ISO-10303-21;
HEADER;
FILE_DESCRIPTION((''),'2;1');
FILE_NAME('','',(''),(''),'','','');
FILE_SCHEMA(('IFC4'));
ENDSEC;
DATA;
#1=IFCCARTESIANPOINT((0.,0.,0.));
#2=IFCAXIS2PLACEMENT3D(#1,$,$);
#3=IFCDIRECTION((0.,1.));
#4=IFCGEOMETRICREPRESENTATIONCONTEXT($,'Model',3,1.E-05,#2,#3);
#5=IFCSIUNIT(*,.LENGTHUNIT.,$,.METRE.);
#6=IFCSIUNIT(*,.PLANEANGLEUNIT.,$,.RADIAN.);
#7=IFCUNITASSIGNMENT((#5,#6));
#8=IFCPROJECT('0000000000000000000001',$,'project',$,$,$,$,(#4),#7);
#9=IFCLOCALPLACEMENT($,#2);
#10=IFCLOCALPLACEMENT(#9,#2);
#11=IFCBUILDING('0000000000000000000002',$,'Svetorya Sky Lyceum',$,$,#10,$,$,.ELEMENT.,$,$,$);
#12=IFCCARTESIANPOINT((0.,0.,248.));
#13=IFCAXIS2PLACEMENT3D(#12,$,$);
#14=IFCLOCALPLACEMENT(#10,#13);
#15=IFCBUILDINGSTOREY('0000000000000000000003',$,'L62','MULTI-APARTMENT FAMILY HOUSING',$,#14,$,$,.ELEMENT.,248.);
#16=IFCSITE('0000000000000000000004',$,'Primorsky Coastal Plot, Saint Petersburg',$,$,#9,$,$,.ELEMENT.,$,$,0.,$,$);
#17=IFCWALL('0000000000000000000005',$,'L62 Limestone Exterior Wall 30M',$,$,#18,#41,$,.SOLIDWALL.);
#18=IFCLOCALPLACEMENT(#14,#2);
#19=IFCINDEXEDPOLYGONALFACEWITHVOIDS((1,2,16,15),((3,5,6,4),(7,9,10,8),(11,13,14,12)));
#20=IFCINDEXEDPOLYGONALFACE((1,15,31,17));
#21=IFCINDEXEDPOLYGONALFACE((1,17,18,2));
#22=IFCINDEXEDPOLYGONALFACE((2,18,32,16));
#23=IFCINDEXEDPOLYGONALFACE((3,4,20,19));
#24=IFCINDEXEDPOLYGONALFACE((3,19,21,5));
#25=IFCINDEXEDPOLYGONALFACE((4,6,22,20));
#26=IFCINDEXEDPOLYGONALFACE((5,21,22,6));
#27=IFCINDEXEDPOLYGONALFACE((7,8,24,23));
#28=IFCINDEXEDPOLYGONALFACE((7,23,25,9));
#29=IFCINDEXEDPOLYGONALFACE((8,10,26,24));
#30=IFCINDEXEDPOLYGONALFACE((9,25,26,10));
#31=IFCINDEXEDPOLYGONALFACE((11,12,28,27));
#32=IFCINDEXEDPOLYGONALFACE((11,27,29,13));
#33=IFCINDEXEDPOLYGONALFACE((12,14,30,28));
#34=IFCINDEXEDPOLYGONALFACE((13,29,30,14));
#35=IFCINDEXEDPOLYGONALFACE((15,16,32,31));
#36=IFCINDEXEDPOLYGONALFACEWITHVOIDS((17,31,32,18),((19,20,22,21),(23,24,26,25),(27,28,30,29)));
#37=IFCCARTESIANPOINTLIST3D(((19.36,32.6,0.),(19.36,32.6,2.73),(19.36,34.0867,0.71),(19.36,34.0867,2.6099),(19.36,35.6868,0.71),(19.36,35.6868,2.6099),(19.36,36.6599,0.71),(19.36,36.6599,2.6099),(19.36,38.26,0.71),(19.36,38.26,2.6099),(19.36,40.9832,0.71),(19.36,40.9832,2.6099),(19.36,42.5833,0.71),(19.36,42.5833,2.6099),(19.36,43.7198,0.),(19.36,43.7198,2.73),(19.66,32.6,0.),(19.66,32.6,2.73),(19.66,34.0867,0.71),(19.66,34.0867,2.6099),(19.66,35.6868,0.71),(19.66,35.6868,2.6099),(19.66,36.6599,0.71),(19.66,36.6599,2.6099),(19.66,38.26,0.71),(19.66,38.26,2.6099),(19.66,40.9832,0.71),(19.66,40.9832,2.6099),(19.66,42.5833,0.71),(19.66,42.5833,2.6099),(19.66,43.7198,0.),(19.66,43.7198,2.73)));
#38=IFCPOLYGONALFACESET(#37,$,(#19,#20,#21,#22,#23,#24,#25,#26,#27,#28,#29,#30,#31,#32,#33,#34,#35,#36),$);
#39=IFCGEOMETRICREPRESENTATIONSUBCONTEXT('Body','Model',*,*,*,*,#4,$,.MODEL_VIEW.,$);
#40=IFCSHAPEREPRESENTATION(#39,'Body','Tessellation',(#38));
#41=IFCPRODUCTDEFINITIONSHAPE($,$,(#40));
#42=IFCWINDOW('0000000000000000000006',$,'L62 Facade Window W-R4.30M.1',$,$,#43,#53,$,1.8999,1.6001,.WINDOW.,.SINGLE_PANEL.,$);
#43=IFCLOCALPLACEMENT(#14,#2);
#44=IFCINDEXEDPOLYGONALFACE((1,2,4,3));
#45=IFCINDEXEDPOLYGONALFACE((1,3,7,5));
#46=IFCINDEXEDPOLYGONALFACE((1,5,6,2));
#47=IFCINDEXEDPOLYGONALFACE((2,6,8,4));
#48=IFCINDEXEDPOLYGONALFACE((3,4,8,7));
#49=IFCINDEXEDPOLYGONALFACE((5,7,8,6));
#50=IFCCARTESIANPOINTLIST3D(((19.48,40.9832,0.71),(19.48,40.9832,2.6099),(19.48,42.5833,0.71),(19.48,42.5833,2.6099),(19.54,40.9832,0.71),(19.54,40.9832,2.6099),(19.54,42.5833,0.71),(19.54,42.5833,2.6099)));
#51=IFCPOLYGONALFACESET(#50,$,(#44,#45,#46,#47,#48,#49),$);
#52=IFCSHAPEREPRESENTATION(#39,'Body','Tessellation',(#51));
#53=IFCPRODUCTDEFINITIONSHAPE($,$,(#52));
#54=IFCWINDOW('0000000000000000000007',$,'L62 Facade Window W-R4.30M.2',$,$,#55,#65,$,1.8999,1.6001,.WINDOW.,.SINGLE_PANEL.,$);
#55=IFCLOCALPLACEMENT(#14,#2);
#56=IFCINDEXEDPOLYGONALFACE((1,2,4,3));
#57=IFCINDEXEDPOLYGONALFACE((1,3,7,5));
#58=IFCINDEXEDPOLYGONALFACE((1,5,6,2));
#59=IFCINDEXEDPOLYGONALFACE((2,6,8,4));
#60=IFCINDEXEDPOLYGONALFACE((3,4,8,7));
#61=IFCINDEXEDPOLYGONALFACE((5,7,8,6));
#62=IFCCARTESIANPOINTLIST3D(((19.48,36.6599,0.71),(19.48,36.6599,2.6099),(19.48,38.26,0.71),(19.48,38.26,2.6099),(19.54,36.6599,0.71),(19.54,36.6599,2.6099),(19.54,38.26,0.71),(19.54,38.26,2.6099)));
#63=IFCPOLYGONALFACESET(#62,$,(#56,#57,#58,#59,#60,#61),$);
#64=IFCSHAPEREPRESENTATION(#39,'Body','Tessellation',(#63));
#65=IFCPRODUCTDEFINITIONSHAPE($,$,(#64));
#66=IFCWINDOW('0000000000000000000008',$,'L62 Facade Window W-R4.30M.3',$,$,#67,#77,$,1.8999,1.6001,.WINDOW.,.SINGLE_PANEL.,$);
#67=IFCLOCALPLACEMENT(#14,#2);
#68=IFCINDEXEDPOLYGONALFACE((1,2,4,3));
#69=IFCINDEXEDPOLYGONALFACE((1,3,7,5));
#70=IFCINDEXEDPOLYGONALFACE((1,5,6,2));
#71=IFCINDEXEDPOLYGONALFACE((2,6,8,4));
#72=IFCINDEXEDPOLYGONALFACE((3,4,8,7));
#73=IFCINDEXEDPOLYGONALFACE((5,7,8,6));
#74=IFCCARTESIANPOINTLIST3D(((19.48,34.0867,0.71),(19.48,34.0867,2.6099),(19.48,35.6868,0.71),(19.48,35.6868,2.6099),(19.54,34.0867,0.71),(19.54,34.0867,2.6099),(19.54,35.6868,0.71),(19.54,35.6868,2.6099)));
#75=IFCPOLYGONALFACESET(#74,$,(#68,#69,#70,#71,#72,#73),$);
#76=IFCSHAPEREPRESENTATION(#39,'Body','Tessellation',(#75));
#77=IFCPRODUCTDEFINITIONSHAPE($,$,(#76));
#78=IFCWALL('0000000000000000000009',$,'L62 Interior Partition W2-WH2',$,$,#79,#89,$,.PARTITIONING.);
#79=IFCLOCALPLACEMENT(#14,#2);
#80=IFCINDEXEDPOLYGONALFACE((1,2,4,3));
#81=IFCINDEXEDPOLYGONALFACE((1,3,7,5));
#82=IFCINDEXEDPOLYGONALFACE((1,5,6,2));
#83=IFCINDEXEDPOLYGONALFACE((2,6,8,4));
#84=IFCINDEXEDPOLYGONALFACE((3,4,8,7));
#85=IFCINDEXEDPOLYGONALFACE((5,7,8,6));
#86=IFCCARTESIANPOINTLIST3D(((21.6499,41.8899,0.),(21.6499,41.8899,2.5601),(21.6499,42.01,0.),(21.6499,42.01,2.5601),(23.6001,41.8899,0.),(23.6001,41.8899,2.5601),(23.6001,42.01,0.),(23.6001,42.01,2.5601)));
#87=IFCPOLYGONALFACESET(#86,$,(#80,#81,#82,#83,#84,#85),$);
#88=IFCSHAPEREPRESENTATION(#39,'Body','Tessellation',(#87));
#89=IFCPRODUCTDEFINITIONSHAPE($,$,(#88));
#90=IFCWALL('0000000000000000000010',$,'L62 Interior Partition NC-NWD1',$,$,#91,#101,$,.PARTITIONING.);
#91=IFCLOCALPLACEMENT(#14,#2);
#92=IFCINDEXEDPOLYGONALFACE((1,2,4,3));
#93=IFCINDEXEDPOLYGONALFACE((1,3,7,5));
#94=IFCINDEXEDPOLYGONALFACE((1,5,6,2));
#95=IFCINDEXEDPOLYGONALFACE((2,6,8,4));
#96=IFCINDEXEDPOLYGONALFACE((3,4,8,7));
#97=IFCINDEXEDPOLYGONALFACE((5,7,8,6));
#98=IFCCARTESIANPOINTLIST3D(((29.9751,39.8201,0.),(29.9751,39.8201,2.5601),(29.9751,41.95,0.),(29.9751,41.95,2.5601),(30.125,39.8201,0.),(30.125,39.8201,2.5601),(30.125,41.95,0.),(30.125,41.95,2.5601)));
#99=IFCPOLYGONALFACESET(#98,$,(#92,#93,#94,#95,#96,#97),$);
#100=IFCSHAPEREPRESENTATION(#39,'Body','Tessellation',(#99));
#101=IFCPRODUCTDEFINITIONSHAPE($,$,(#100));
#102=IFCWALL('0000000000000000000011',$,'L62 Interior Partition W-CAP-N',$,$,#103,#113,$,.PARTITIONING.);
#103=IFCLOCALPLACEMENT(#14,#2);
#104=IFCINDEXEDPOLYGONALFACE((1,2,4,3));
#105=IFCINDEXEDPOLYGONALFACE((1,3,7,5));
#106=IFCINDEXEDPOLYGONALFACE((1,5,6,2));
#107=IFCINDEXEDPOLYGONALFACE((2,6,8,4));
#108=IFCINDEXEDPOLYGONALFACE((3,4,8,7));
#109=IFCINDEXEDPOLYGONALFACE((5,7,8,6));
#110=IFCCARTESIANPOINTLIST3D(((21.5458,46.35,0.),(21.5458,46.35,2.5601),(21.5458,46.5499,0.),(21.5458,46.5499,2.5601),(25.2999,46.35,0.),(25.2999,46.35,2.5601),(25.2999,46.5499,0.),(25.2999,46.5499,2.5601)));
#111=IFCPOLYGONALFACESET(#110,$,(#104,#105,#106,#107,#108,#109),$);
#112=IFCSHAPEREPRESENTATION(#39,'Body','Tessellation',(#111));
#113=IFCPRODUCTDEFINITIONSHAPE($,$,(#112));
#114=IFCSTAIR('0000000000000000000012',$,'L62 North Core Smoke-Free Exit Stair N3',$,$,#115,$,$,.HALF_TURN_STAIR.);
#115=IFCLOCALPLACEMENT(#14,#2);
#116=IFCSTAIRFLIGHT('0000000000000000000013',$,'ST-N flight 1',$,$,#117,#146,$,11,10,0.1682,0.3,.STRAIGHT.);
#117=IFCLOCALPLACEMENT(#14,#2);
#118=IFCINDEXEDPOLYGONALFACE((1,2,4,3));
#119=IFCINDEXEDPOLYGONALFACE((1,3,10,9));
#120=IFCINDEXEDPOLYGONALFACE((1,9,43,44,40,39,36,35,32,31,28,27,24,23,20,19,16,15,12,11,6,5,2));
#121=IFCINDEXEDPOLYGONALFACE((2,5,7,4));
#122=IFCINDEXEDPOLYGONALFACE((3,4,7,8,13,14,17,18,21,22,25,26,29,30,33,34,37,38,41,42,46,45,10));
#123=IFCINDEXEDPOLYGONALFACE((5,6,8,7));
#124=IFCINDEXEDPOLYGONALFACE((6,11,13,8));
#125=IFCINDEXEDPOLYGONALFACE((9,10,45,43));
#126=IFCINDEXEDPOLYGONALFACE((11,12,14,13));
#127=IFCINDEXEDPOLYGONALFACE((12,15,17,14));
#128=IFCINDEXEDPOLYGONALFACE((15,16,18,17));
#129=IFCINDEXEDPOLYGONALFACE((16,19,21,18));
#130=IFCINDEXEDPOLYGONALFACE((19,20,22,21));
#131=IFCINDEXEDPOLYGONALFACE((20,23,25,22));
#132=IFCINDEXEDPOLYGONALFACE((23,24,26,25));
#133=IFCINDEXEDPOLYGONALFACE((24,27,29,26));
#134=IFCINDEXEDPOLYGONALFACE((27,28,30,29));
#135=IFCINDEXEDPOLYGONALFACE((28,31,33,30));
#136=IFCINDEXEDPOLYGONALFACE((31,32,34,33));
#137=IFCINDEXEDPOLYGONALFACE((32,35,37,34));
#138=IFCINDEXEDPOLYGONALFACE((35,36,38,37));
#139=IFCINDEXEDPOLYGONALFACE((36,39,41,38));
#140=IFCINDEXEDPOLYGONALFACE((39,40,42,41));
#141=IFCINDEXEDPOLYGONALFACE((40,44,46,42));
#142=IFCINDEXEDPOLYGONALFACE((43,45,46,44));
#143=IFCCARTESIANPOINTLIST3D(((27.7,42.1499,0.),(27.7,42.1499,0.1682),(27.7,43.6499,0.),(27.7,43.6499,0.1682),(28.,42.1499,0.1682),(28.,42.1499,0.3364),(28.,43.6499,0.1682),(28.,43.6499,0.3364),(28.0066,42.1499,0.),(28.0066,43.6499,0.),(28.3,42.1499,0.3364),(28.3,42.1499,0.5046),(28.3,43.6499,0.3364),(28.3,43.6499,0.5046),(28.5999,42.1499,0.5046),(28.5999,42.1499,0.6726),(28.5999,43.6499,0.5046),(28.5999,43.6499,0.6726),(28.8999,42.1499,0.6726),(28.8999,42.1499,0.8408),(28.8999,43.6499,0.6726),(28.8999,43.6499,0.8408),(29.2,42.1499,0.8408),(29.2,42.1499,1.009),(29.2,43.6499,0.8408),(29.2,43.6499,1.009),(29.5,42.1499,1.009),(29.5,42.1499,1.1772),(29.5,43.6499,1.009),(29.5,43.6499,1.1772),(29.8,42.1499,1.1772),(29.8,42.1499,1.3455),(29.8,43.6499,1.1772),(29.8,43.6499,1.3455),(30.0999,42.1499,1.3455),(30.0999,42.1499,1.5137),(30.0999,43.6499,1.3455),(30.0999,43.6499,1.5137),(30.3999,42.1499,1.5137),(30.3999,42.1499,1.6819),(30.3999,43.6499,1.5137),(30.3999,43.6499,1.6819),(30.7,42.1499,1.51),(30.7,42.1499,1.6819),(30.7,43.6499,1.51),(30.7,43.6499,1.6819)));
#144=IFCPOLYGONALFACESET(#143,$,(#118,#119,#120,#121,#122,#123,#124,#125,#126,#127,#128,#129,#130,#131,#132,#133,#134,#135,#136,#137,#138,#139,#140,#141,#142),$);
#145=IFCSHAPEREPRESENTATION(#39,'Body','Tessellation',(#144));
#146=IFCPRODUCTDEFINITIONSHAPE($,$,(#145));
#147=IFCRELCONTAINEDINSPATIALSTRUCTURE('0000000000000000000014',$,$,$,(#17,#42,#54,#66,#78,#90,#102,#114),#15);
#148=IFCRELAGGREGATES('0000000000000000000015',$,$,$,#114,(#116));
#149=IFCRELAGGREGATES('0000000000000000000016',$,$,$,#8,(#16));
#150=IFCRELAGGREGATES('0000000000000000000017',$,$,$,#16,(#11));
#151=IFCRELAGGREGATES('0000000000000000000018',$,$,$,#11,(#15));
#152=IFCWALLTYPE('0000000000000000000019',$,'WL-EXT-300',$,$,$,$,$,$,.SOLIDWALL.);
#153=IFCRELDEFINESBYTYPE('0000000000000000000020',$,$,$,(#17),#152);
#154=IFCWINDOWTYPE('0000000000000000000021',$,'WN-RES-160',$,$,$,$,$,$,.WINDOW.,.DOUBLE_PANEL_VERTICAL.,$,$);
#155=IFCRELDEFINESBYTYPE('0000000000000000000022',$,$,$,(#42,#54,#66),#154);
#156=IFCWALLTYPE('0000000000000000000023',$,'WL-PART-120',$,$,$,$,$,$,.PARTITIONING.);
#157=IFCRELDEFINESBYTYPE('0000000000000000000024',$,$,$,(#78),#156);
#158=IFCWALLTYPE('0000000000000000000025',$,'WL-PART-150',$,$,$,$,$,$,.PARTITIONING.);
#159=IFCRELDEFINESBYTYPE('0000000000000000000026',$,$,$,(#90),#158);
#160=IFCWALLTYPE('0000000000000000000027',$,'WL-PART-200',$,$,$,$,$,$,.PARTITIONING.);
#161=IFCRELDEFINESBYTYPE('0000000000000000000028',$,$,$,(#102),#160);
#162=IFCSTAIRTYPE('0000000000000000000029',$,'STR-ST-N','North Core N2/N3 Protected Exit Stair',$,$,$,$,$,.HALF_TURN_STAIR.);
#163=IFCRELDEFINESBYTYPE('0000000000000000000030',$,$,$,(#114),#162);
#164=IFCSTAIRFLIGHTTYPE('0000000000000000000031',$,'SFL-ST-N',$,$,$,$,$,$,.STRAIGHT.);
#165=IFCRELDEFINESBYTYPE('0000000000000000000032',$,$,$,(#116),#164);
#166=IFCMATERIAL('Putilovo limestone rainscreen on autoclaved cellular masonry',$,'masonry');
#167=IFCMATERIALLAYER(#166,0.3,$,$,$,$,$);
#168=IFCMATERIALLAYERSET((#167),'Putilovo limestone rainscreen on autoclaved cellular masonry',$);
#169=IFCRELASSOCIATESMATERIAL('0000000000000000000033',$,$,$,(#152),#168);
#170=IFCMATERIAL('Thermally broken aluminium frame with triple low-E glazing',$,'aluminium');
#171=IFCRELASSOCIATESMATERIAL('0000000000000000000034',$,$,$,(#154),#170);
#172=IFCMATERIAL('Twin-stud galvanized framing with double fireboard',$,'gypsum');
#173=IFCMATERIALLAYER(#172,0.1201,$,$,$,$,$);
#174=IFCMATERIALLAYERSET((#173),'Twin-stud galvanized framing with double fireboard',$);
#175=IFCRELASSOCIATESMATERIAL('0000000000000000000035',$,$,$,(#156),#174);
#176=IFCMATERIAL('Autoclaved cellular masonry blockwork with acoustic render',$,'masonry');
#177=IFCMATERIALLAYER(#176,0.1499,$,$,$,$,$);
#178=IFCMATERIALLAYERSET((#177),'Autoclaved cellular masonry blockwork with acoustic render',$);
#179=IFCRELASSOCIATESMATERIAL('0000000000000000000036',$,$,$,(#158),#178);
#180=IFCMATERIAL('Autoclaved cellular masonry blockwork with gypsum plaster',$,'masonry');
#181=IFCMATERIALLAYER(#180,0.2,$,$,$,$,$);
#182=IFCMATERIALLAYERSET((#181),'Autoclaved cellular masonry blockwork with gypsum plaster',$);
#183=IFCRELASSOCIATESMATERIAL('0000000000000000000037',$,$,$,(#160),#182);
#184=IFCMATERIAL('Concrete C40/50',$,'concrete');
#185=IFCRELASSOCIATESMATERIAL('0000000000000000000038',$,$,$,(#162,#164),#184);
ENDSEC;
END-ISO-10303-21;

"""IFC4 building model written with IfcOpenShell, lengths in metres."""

from ifc_helpers import new_model, si_unit, direction, frame, frame_2d, origin, place, context, subcontext, project, spatial, polyline, rectangle, outline, extrude, material, layer, layer_set, type_object, element, fill, aggregate, save


model = new_model("IFC4")

# Units and contexts
model_context = context("Model", 3, precision=1e-05, world=origin(), true_north=direction((0.0, 1.0)))
body_context = subcontext(model_context, "Body", "Model", "MODEL_VIEW")
ifc_project = project(units=[si_unit("LENGTHUNIT", "METRE"), si_unit("PLANEANGLEUNIT", "RADIAN")], contexts=[model_context])

# Site, building, storey
site_placement = place(None, origin())
site = spatial("IfcSite", under=ifc_project, at=site_placement, Name="Primorsky Coastal Plot, Saint Petersburg", CompositionType="ELEMENT", RefElevation=0.0)
building_placement = place(site_placement, origin())
building = spatial("IfcBuilding", under=site, at=building_placement, Name="Svetorya Sky Lyceum", CompositionType="ELEMENT")
storey_placement = place(building_placement, frame((0.0, 0.0, 248.0)))
storey = spatial("IfcBuildingStorey", under=building, at=storey_placement, Name="L62", Description="MULTI-APARTMENT FAMILY HOUSING", CompositionType="ELEMENT", Elevation=248.0)

# Shared definitions
ifc_material_1 = material(Name="Putilovo limestone rainscreen on autoclaved cellular masonry", Category="masonry")
ifc_layer_1 = layer(ifc_material_1, 0.3)
ifc_layer_set_1 = layer_set([ifc_layer_1], Name="Putilovo limestone rainscreen on autoclaved cellular masonry")
wall_type_1 = type_object("IfcWallType", Name="WL-EXT-300", PredefinedType="SOLIDWALL", material=ifc_layer_set_1)

# Wall, openings, windows
wall_1_placement = place(storey_placement, frame((19.51, 43.72, 0.0), z_axis=(0.0, 0.0, 1.0), x_axis=(0.0, -1.0, 0.0)))
wall_1 = element("IfcWall", 1, at=wall_1_placement, inside=storey, type_object=wall_type_1, Name="L62 Limestone Exterior Wall 30M", PredefinedType="SOLIDWALL", context=body_context, shape_type="SweptSolid", body=[
    extrude(rectangle(XDim=11.1199, YDim=0.3, at=frame_2d((5.5601, 0.0))), origin(), (0.0, 0.0, 1.0), 2.73),
])
opening_1_placement = place(wall_1_placement, frame((1.1367, 0.0, 0.71)))
opening_1 = element("IfcOpeningElement", 2, at=opening_1_placement, cuts=wall_1, PredefinedType="OPENING", context=body_context, shape_type="SweptSolid", body=[
    extrude(rectangle(XDim=1.6001, YDim=1.8999, at=frame_2d((0.8, 0.95))), frame((0.0, 0.1599, 0.0), z_axis=(0.0, -1.0, 0.0), x_axis=(1.0, 0.0, 0.0)), (0.0, 0.0, 1.0), 0.3201),
])
opening_2_placement = place(wall_1_placement, frame((5.46, 0.0, 0.71)))
opening_2 = element("IfcOpeningElement", 3, at=opening_2_placement, cuts=wall_1, PredefinedType="OPENING", context=body_context, shape_type="SweptSolid", body=[
    extrude(rectangle(XDim=1.6001, YDim=1.8999, at=frame_2d((0.8, 0.95))), frame((0.0, 0.1599, 0.0), z_axis=(0.0, -1.0, 0.0), x_axis=(1.0, 0.0, 0.0)), (0.0, 0.0, 1.0), 0.3201),
])
opening_3_placement = place(wall_1_placement, frame((8.0332, 0.0, 0.71)))
opening_3 = element("IfcOpeningElement", 4, at=opening_3_placement, cuts=wall_1, PredefinedType="OPENING", context=body_context, shape_type="SweptSolid", body=[
    extrude(rectangle(XDim=1.6001, YDim=1.8999, at=frame_2d((0.8, 0.95))), frame((0.0, 0.1599, 0.0), z_axis=(0.0, -1.0, 0.0), x_axis=(1.0, 0.0, 0.0)), (0.0, 0.0, 1.0), 0.3201),
])
ifc_material_2 = material(Name="Thermally broken aluminium frame with triple low-E glazing", Category="aluminium")
window_type = type_object("IfcWindowType", Name="WN-RES-160", PartitioningType="DOUBLE_PANEL_VERTICAL", PredefinedType="WINDOW", material=ifc_material_2)
window_1_placement = place(opening_1_placement, origin())
window_1 = element("IfcWindow", 5, at=window_1_placement, inside=storey, type_object=window_type, Name="L62 Facade Window W-R4.30M.1", OverallHeight=1.8999, OverallWidth=1.6001, PartitioningType="SINGLE_PANEL", PredefinedType="WINDOW", context=body_context, shape_type="SweptSolid", body=[
    extrude(rectangle(XDim=1.6001, YDim=1.8999, at=frame_2d((0.8, 0.95))), frame((0.0, 0.03, 0.0), z_axis=(0.0, -1.0, 0.0), x_axis=(1.0, 0.0, 0.0)), (0.0, 0.0, 1.0), 0.0601),
])
fill(opening_1, window_1)
window_2_placement = place(opening_2_placement, origin())
window_2 = element("IfcWindow", 6, at=window_2_placement, inside=storey, type_object=window_type, Name="L62 Facade Window W-R4.30M.2", OverallHeight=1.8999, OverallWidth=1.6001, PartitioningType="SINGLE_PANEL", PredefinedType="WINDOW", context=body_context, shape_type="SweptSolid", body=[
    extrude(rectangle(XDim=1.6001, YDim=1.8999, at=frame_2d((0.8, 0.95))), frame((0.0, 0.03, 0.0), z_axis=(0.0, -1.0, 0.0), x_axis=(1.0, 0.0, 0.0)), (0.0, 0.0, 1.0), 0.0601),
])
fill(opening_2, window_2)
window_3_placement = place(opening_3_placement, origin())
window_3 = element("IfcWindow", 7, at=window_3_placement, inside=storey, type_object=window_type, Name="L62 Facade Window W-R4.30M.3", OverallHeight=1.8999, OverallWidth=1.6001, PartitioningType="SINGLE_PANEL", PredefinedType="WINDOW", context=body_context, shape_type="SweptSolid", body=[
    extrude(rectangle(XDim=1.6001, YDim=1.8999, at=frame_2d((0.8, 0.95))), frame((0.0, 0.03, 0.0), z_axis=(0.0, -1.0, 0.0), x_axis=(1.0, 0.0, 0.0)), (0.0, 0.0, 1.0), 0.0601),
])
fill(opening_3, window_3)

# Walls
ifc_material_3 = material(Name="Twin-stud galvanized framing with double fireboard", Category="gypsum")
ifc_layer_2 = layer(ifc_material_3, 0.1201)
ifc_layer_set_2 = layer_set([ifc_layer_2], Name="Twin-stud galvanized framing with double fireboard")
wall_type_2 = type_object("IfcWallType", Name="WL-PART-120", PredefinedType="PARTITIONING", material=ifc_layer_set_2)
wall_2_placement = place(storey_placement, frame((21.6499, 41.95, 0.0), z_axis=(0.0, 0.0, 1.0), x_axis=(1.0, 0.0, 0.0)))
element("IfcWall", 8, at=wall_2_placement, inside=storey, type_object=wall_type_2, Name="L62 Interior Partition W2-WH2", PredefinedType="PARTITIONING", context=body_context, shape_type="SweptSolid", body=[
    extrude(rectangle(XDim=1.9502, YDim=0.1201, at=frame_2d((0.9751, 0.0))), origin(), (0.0, 0.0, 1.0), 2.5601),
])
ifc_material_4 = material(Name="Autoclaved cellular masonry blockwork with acoustic render", Category="masonry")
ifc_layer_3 = layer(ifc_material_4, 0.1499)
ifc_layer_set_3 = layer_set([ifc_layer_3], Name="Autoclaved cellular masonry blockwork with acoustic render")
wall_type_3 = type_object("IfcWallType", Name="WL-PART-150", PredefinedType="PARTITIONING", material=ifc_layer_set_3)
wall_3_placement = place(storey_placement, frame((30.05, 39.8201, 0.0), z_axis=(0.0, 0.0, 1.0), x_axis=(0.0, 1.0, 0.0)))
element("IfcWall", 9, at=wall_3_placement, inside=storey, type_object=wall_type_3, Name="L62 Interior Partition NC-NWD1", PredefinedType="PARTITIONING", context=body_context, shape_type="SweptSolid", body=[
    extrude(rectangle(XDim=2.1299, YDim=0.1499, at=frame_2d((1.0649, 0.0))), origin(), (0.0, 0.0, 1.0), 2.5601),
])
ifc_material_5 = material(Name="Autoclaved cellular masonry blockwork with gypsum plaster", Category="masonry")
ifc_layer_4 = layer(ifc_material_5, 0.2)
ifc_layer_set_4 = layer_set([ifc_layer_4], Name="Autoclaved cellular masonry blockwork with gypsum plaster")
wall_type_4 = type_object("IfcWallType", Name="WL-PART-200", PredefinedType="PARTITIONING", material=ifc_layer_set_4)
wall_4_placement = place(storey_placement, frame((21.5459, 46.45, 0.0), z_axis=(0.0, 0.0, 1.0), x_axis=(1.0, 0.0, 0.0)))
element("IfcWall", 10, at=wall_4_placement, inside=storey, type_object=wall_type_4, Name="L62 Interior Partition W-CAP-N", PredefinedType="PARTITIONING", context=body_context, shape_type="SweptSolid", body=[
    extrude(rectangle(XDim=3.7542, YDim=0.2, at=frame_2d((1.877, 0.0))), origin(), (0.0, 0.0, 1.0), 2.5601),
])

# Stair, stair flight
ifc_material_6 = material(Name="Concrete C40/50", Category="concrete")
stair_type = type_object("IfcStairType", Name="STR-ST-N", Description="North Core N2/N3 Protected Exit Stair", PredefinedType="HALF_TURN_STAIR", material=ifc_material_6)
stair_placement = place(storey_placement, origin())
stair = element("IfcStair", 11, at=stair_placement, inside=storey, type_object=stair_type, Name="L62 North Core Smoke-Free Exit Stair N3", PredefinedType="HALF_TURN_STAIR")
stair_flight_type = type_object("IfcStairFlightType", Name="SFL-ST-N", PredefinedType="STRAIGHT", material=ifc_material_6)
stair_flight_1_placement = place(storey_placement, frame((27.7, 42.8999, 0.0), z_axis=(0.0, 0.0, 1.0), x_axis=(1.0, 0.0, 0.0)))
stair_flight_1 = element("IfcStairFlight", 12, at=stair_flight_1_placement, type_object=stair_flight_type, Name="ST-N flight 1", NumberOfRisers=11, NumberOfTreads=10, PredefinedType="STRAIGHT", RiserHeight=0.1682, TreadLength=0.3, context=body_context, shape_type="SweptSolid", body=[
    extrude(outline(polyline([(0.0, 0.0), (0.0, 0.1682), (0.3, 0.1682), (0.3, 0.3364), (0.6001, 0.3364), (0.6001, 0.5046), (0.8999, 0.5046), (0.8999, 0.6726), (1.2, 0.6726), (1.2, 0.8408), (1.5, 0.8408), (1.5, 1.009), (1.8, 1.009), (1.8, 1.1772), (2.1001, 1.1772), (2.1001, 1.3455), (2.3999, 1.3455), (2.3999, 1.5137), (2.7, 1.5137), (2.7, 1.6819), (3.0, 1.6819), (3.0, 1.8501), (3.0, 1.51), (0.3066, 0.0), (0.0, 0.0)])), frame((0.0, 0.75, 0.0), z_axis=(0.0, -1.0, 0.0), x_axis=(1.0, 0.0, 0.0)), (0.0, 0.0, 1.0), 1.5),
])
aggregate(stair, [stair_flight_1])

save(model, "model.ifc")
